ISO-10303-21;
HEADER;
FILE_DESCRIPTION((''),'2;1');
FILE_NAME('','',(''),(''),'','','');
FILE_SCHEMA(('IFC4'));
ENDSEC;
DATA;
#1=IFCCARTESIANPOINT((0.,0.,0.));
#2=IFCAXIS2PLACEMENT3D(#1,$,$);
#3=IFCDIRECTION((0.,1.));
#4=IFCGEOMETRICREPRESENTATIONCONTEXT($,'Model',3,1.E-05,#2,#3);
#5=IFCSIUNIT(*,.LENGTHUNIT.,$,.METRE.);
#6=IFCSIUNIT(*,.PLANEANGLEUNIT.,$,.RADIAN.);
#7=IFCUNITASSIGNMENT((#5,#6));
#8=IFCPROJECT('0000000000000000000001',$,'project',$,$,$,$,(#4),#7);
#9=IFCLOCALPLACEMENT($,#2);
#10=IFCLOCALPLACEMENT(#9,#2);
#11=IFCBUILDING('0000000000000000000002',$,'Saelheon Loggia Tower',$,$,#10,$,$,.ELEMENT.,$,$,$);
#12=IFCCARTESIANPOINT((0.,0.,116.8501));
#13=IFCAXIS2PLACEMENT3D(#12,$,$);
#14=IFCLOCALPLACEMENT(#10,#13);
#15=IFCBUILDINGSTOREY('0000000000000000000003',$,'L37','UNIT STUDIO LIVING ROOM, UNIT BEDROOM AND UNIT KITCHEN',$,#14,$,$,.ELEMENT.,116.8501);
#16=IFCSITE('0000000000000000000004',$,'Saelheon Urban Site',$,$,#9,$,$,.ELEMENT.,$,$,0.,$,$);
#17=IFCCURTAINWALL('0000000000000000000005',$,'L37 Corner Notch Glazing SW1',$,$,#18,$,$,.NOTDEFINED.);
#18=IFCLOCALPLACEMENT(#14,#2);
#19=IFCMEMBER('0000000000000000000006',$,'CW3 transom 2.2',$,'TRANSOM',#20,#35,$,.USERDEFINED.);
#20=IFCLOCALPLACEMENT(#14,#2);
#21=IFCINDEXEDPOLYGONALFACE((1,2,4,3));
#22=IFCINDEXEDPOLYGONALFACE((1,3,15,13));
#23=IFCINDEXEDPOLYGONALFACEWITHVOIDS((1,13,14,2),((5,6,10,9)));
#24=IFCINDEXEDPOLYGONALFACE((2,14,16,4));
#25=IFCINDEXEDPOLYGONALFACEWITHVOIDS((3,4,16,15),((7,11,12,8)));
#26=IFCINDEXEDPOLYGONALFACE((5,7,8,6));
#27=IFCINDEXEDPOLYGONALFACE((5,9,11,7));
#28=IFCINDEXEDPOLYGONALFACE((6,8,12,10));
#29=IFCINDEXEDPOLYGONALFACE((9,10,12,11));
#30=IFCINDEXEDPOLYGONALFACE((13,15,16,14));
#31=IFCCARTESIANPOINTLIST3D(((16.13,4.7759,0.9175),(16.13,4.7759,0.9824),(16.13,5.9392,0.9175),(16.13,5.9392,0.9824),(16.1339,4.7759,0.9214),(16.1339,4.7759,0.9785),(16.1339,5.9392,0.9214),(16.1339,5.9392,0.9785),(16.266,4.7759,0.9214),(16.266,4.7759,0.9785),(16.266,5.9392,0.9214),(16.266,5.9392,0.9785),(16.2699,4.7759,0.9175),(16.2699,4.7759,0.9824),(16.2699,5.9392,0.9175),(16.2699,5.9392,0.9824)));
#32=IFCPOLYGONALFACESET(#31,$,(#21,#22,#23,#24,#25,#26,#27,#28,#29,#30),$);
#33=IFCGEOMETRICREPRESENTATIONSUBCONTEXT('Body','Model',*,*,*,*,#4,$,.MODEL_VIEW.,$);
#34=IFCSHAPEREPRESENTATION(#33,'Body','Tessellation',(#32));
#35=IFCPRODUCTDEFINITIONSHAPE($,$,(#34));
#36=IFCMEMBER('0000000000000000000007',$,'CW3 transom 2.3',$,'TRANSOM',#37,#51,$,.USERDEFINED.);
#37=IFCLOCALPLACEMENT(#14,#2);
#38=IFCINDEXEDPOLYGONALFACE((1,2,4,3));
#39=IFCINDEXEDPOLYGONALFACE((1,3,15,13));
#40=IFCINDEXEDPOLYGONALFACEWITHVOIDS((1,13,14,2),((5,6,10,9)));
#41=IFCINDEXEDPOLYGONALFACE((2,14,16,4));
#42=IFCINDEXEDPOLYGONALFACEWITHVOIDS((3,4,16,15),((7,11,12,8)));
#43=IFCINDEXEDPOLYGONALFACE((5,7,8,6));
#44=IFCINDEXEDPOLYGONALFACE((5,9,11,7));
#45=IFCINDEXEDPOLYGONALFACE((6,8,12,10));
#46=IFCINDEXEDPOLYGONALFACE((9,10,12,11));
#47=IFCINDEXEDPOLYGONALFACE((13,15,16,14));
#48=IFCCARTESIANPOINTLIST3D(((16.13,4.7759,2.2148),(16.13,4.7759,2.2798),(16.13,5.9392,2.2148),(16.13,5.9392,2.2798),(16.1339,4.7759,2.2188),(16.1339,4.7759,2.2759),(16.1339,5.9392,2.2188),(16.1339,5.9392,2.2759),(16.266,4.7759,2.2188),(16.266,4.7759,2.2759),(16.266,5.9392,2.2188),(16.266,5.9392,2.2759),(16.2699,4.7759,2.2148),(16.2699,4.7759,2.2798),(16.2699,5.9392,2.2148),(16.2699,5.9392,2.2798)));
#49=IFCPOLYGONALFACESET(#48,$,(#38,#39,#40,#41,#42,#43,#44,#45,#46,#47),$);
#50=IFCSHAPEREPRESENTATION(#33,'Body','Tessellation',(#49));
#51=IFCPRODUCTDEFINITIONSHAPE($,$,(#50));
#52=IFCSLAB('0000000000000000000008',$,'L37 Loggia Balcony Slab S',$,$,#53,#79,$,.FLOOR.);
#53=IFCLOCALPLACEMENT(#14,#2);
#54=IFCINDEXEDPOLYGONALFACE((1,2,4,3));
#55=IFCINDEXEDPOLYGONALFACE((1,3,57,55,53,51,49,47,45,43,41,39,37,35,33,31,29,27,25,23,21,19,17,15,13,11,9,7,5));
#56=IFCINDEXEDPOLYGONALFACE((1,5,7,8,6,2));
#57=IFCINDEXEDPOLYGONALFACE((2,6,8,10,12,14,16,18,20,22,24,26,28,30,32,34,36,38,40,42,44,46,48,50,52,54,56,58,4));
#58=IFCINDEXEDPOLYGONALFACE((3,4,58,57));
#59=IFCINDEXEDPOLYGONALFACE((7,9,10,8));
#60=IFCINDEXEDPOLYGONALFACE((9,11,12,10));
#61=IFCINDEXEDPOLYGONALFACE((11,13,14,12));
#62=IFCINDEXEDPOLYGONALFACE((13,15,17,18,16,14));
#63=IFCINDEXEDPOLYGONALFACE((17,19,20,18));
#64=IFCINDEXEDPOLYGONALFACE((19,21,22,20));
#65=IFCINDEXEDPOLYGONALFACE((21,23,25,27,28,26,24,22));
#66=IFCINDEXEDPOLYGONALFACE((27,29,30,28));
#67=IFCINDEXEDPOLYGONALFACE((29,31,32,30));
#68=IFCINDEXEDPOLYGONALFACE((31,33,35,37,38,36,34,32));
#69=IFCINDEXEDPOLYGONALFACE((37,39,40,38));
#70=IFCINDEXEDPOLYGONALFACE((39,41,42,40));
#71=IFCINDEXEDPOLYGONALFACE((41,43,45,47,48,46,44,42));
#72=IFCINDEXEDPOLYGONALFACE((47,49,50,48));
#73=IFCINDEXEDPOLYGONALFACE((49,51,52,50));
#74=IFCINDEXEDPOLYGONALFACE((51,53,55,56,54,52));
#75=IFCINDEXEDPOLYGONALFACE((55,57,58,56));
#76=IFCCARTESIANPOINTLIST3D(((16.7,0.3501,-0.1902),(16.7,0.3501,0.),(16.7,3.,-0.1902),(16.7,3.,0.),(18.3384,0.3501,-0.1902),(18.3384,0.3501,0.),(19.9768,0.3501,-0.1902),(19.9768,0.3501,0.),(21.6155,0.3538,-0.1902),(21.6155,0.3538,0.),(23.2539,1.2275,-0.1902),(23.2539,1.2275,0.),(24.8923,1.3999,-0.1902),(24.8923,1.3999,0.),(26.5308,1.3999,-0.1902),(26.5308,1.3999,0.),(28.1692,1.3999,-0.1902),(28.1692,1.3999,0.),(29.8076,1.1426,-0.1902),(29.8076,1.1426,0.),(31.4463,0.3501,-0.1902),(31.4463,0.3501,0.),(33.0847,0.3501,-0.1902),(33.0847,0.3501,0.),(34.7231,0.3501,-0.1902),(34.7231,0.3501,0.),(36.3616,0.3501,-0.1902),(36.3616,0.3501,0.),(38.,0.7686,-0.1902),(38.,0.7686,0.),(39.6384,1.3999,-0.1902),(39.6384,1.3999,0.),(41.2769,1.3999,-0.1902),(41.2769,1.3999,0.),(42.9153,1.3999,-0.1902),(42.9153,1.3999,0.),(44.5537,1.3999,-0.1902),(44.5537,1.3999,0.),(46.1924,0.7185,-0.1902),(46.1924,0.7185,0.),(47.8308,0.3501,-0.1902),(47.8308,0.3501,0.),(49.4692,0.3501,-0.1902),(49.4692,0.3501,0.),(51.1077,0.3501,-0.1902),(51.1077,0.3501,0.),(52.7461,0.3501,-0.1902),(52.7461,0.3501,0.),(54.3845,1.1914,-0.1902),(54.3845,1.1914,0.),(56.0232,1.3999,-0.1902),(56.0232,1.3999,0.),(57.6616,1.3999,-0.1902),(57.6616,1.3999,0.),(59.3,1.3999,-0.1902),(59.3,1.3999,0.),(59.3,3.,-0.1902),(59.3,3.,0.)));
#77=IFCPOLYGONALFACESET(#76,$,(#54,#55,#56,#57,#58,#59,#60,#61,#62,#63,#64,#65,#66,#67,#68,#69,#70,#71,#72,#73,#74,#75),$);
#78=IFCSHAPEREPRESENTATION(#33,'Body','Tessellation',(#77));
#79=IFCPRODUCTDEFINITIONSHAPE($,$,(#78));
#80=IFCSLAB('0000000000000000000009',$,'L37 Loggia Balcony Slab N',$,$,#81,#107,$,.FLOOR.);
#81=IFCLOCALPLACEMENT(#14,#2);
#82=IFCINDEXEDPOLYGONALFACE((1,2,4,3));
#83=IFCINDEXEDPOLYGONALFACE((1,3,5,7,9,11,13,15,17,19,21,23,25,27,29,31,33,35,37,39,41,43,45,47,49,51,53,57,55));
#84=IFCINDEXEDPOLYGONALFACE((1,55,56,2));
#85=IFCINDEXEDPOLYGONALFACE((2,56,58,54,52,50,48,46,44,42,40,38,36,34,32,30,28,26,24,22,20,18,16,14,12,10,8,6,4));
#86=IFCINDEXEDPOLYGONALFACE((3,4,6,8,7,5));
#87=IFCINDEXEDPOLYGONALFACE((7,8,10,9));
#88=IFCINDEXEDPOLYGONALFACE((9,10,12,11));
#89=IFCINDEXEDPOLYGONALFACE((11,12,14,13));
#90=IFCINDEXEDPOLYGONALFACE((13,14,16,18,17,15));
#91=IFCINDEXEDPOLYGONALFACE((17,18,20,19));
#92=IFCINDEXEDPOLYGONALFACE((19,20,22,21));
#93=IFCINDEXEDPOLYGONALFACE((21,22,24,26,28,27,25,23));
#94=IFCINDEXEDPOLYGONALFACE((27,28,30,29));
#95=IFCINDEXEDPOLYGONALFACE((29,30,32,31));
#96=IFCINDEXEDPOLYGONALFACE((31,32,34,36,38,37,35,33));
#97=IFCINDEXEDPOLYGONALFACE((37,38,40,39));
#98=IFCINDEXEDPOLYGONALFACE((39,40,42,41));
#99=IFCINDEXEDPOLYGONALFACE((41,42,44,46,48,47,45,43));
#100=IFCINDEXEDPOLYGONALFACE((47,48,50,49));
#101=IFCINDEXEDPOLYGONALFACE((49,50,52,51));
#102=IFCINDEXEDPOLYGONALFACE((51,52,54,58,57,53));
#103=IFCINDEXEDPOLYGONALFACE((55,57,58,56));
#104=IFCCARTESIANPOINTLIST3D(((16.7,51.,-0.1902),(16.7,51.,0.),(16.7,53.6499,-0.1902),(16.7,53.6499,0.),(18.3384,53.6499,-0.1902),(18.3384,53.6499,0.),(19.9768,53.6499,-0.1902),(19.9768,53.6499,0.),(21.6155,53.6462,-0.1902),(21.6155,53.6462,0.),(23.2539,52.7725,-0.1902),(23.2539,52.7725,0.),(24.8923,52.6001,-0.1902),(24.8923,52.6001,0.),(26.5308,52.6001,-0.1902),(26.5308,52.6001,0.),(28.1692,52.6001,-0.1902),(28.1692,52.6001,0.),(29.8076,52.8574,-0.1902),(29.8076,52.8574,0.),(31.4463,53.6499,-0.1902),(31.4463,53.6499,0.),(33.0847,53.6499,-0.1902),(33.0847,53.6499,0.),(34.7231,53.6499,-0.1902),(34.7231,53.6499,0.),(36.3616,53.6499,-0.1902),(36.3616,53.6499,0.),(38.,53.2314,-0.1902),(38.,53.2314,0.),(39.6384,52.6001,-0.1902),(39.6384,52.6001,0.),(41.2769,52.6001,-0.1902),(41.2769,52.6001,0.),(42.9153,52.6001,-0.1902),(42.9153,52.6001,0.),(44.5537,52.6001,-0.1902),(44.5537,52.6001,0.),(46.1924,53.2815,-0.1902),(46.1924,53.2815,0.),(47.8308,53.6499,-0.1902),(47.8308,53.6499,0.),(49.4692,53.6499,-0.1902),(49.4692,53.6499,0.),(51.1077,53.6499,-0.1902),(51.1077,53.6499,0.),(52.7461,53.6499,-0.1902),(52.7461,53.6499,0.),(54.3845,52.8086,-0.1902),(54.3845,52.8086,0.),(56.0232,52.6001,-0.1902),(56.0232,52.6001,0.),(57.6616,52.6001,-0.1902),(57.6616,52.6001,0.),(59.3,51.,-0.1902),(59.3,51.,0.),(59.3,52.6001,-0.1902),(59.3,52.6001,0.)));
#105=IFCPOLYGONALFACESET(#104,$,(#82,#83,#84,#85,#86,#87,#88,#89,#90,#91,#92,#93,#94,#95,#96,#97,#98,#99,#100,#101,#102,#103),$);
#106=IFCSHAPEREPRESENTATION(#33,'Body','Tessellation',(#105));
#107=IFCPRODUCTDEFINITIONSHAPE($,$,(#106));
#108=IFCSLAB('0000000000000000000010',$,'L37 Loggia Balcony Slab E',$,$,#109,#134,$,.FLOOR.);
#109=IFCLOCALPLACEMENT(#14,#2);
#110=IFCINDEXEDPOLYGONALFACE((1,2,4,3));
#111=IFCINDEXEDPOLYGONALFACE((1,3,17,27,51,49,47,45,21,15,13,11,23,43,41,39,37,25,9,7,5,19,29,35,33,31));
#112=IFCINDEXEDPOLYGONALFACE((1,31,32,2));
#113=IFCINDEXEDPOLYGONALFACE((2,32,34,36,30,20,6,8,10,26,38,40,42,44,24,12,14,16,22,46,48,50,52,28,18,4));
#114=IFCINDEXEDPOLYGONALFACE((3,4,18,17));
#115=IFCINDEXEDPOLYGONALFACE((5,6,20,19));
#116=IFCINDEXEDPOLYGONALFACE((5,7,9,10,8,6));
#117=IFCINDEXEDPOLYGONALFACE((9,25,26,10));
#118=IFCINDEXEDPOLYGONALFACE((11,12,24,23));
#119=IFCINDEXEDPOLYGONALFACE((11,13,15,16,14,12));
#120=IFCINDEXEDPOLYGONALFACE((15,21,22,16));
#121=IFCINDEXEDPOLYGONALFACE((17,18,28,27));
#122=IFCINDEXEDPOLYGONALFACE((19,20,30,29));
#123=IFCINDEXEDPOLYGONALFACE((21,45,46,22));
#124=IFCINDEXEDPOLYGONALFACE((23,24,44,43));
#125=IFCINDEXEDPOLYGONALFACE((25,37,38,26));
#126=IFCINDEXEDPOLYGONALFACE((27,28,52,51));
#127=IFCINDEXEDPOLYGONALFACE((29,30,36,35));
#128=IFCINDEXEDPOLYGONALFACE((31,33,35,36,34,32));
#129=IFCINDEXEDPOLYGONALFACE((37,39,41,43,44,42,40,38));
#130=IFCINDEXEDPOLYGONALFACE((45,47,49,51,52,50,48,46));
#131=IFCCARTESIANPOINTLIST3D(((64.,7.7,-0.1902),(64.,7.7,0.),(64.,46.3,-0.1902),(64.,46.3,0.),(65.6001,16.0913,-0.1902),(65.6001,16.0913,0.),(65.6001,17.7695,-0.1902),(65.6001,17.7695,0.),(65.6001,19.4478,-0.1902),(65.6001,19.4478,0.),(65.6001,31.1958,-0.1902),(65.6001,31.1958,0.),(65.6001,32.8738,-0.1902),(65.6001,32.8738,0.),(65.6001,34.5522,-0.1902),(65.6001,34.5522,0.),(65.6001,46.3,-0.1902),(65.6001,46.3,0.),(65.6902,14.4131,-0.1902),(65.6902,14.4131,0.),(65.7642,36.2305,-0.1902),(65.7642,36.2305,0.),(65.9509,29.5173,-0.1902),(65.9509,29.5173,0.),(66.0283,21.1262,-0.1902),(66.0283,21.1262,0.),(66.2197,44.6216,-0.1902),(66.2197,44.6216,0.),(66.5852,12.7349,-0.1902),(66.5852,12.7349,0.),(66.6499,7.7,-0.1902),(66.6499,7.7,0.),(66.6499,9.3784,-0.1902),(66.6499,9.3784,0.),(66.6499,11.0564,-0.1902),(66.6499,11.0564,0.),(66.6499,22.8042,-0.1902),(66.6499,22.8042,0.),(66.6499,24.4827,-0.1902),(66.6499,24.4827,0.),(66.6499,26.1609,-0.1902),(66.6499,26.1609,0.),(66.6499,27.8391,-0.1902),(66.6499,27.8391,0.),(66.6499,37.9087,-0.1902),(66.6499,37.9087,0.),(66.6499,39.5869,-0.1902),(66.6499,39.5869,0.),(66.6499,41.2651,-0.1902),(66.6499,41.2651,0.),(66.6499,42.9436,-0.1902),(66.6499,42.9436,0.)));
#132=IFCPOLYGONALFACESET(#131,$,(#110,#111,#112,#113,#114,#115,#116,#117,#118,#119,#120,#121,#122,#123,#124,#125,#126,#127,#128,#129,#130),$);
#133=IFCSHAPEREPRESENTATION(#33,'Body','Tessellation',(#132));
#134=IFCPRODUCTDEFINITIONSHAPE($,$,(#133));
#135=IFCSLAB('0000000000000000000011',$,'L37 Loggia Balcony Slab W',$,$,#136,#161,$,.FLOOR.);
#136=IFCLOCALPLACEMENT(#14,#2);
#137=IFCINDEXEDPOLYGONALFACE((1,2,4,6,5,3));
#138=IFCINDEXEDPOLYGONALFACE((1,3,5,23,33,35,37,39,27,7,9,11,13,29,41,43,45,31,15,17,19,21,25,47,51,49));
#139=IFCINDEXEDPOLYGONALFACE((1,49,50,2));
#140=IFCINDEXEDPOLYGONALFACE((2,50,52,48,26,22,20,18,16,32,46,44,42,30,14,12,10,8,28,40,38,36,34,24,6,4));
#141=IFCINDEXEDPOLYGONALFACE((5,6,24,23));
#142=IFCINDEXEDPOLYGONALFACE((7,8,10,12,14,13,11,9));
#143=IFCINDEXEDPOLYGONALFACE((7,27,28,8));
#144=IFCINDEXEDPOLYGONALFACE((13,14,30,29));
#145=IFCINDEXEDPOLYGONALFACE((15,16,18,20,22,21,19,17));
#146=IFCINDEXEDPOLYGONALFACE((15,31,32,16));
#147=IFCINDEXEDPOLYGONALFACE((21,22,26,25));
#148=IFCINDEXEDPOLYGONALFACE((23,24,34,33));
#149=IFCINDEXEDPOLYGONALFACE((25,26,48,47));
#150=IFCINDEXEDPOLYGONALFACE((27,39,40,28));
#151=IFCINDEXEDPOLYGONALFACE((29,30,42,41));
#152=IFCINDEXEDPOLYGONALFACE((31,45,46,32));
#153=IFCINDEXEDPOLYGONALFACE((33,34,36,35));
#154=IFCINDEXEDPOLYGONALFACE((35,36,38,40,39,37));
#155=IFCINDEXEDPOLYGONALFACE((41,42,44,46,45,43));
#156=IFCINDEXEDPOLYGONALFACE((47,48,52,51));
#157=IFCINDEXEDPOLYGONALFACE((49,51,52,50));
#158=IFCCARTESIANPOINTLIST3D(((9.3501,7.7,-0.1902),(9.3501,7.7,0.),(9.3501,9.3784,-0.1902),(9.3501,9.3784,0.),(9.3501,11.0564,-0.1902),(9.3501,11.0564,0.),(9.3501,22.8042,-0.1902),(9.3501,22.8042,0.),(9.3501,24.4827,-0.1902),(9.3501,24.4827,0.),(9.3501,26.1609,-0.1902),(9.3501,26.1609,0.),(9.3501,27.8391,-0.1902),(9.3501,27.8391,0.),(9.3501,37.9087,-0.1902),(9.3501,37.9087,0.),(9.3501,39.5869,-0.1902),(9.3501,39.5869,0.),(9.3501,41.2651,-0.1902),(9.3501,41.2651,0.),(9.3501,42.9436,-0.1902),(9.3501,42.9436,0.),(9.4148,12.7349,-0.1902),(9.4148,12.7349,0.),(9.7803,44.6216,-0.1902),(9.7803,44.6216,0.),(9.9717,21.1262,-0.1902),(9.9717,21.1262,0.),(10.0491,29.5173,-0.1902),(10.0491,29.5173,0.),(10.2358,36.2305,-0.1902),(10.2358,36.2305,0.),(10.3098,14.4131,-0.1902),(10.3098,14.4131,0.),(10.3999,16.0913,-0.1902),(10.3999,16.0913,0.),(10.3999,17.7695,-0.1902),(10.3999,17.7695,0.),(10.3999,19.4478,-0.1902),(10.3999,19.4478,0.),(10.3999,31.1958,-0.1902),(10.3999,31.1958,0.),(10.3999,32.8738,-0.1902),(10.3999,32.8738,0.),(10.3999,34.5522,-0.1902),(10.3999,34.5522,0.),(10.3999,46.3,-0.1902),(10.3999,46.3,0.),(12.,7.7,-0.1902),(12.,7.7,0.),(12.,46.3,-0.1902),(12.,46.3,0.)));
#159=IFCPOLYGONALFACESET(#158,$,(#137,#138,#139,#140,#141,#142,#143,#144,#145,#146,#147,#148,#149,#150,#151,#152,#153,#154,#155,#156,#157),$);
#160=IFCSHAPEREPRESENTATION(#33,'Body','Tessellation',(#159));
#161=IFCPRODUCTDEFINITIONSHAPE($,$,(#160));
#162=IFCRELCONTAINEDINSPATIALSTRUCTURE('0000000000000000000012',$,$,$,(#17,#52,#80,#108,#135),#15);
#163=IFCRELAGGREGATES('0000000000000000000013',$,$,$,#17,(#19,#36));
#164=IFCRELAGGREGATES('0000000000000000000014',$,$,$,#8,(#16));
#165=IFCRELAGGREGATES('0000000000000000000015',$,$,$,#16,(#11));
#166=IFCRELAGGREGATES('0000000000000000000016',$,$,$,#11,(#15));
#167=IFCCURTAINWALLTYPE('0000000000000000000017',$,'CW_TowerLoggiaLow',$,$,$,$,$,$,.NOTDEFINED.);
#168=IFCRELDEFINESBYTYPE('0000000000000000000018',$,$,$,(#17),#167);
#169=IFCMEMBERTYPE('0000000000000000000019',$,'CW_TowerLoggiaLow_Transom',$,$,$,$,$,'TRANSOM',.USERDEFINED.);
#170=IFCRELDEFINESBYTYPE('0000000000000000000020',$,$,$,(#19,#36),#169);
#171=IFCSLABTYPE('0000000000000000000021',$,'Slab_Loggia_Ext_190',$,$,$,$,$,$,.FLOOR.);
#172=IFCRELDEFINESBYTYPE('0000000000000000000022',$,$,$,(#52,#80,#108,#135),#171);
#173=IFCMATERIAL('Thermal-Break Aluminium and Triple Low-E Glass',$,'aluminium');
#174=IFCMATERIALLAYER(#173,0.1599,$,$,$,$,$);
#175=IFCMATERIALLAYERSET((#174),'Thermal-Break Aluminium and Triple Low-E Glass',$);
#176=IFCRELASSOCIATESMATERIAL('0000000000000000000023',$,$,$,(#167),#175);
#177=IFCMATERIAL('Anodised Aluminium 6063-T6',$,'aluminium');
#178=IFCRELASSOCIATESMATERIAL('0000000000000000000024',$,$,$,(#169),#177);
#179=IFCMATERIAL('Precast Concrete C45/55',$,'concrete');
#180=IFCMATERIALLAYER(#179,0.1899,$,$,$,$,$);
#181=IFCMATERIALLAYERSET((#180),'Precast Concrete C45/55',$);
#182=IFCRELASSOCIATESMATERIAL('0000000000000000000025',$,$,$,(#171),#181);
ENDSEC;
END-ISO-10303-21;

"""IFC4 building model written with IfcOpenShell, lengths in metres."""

from ifc_helpers import new_model, si_unit, direction, frame, origin, origin_2d, place, context, subcontext, project, spatial, polyline, hollow_rectangle, outline, extrude, source, transform, mapped, material, layer, layer_set, material_profile, profile_set, type_object, element, aggregate, save


model = new_model("IFC4")

# Units and contexts
model_context = context("Model", 3, precision=1e-05, world=origin(), true_north=direction((0.0, 1.0)))
body_context = subcontext(model_context, "Body", "Model", "MODEL_VIEW")
ifc_project = project(units=[si_unit("LENGTHUNIT", "METRE"), si_unit("PLANEANGLEUNIT", "RADIAN")], contexts=[model_context])

# Site, building, storey
site_placement = place(None, origin())
site = spatial("IfcSite", under=ifc_project, at=site_placement, Name="Saelheon Urban Site", CompositionType="ELEMENT", RefElevation=0.0)
building_placement = place(site_placement, origin())
building = spatial("IfcBuilding", under=site, at=building_placement, Name="Saelheon Loggia Tower", CompositionType="ELEMENT")
storey_placement = place(building_placement, frame((0.0, 0.0, 116.8501)))
storey = spatial("IfcBuildingStorey", under=building, at=storey_placement, Name="L37", Description="UNIT STUDIO LIVING ROOM, UNIT BEDROOM AND UNIT KITCHEN", CompositionType="ELEMENT", Elevation=116.8501)

# Curtain wall, members
ifc_material_1 = material(Name="Thermal-Break Aluminium and Triple Low-E Glass", Category="aluminium")
ifc_layer_1 = layer(ifc_material_1, 0.1599)
ifc_layer_set_1 = layer_set([ifc_layer_1], Name="Thermal-Break Aluminium and Triple Low-E Glass")
curtain_wall_type = type_object("IfcCurtainWallType", Name="CW_TowerLoggiaLow", PredefinedType="NOTDEFINED", material=ifc_layer_set_1)
curtain_wall_placement = place(storey_placement, origin())
curtain_wall = element("IfcCurtainWall", 1, at=curtain_wall_placement, inside=storey, type_object=curtain_wall_type, Name="L37 Corner Notch Glazing SW1", PredefinedType="NOTDEFINED")
ifc_material_2 = material(Name="Anodised Aluminium 6063-T6", Category="aluminium")
ifc_material_profile_1 = material_profile(ifc_material_2, hollow_rectangle(XDim=0.0649, YDim=0.1399, WallThickness=0.0039, at=origin_2d()), Name="RHS-140x65x4")
ifc_profile_set_1 = profile_set([ifc_material_profile_1], Name="Anodised Aluminium 6063-T6")
member_type_1 = type_object("IfcMemberType", Name="CW_TowerLoggiaLow_Transom", ElementType="TRANSOM", PredefinedType="USERDEFINED", material=ifc_profile_set_1)
shared_shape_1 = source(origin(), body_context, "Body", "SweptSolid", [
    extrude(hollow_rectangle(XDim=0.0649, YDim=0.1399, WallThickness=0.0039, at=origin_2d()), origin(), (0.0, 0.0, 1.0), 1.1633),
])
member_1_placement = place(storey_placement, frame((16.2, 4.7759, 0.95), z_axis=(0.0, 1.0, 0.0), x_axis=(0.0, 0.0, 1.0)))
member_1 = element("IfcMember", 2, at=member_1_placement, type_object=member_type_1, Name="CW3 transom 2.2", ObjectType="TRANSOM", PredefinedType="USERDEFINED", context=body_context, shape_type="MappedRepresentation", body=[
    mapped(shared_shape_1, transform((0.0, 0.0, 0.0), scale=1.0)),
])
member_2_placement = place(storey_placement, frame((16.2, 4.7759, 2.2473), z_axis=(0.0, 1.0, 0.0), x_axis=(0.0, 0.0, 1.0)))
member_2 = element("IfcMember", 3, at=member_2_placement, type_object=member_type_1, Name="CW3 transom 2.3", ObjectType="TRANSOM", PredefinedType="USERDEFINED", context=body_context, shape_type="MappedRepresentation", body=[
    mapped(shared_shape_1, transform((0.0, 0.0, 0.0), scale=1.0)),
])

# Slabs
ifc_material_3 = material(Name="Precast Concrete C45/55", Category="concrete")
ifc_layer_2 = layer(ifc_material_3, 0.1899)
ifc_layer_set_2 = layer_set([ifc_layer_2], Name="Precast Concrete C45/55")
slab_type_1 = type_object("IfcSlabType", Name="Slab_Loggia_Ext_190", PredefinedType="FLOOR", material=ifc_layer_set_2)
slab_1_placement = place(storey_placement, frame((0.0, 0.0, -0.1902)))
element("IfcSlab", 4, at=slab_1_placement, inside=storey, type_object=slab_type_1, Name="L37 Loggia Balcony Slab S", PredefinedType="FLOOR", context=body_context, shape_type="SweptSolid", body=[
    extrude(outline(polyline([(16.7, 0.3501), (18.3384, 0.3501), (19.9768, 0.3501), (21.6155, 0.3538), (23.2539, 1.2275), (24.8923, 1.3999), (26.5308, 1.3999), (28.1692, 1.3999), (29.8076, 1.1426), (31.4463, 0.3501), (33.0847, 0.3501), (34.7231, 0.3501), (36.3616, 0.3501), (38.0, 0.7686), (39.6384, 1.3999), (41.2769, 1.3999), (42.9153, 1.3999), (44.5537, 1.3999), (46.1924, 0.7185), (47.8308, 0.3501), (49.4692, 0.3501), (51.1077, 0.3501), (52.7461, 0.3501), (54.3845, 1.1914), (56.0232, 1.3999), (57.6616, 1.3999), (59.3, 1.3999), (59.3, 3.0), (16.7, 3.0), (16.7, 0.3501)])), origin(), (0.0, 0.0, 1.0), 0.1902),
])
slab_2_placement = place(storey_placement, frame((0.0, 0.0, -0.1902)))
element("IfcSlab", 5, at=slab_2_placement, inside=storey, type_object=slab_type_1, Name="L37 Loggia Balcony Slab N", PredefinedType="FLOOR", context=body_context, shape_type="SweptSolid", body=[
    extrude(outline(polyline([(16.7, 51.0), (59.3, 51.0), (59.3, 52.6001), (57.6616, 52.6001), (56.0232, 52.6001), (54.3845, 52.8086), (52.7461, 53.6499), (51.1077, 53.6499), (49.4692, 53.6499), (47.8308, 53.6499), (46.1924, 53.2815), (44.5537, 52.6001), (42.9153, 52.6001), (41.2769, 52.6001), (39.6384, 52.6001), (38.0, 53.2314), (36.3616, 53.6499), (34.7231, 53.6499), (33.0847, 53.6499), (31.4463, 53.6499), (29.8076, 52.8574), (28.1692, 52.6001), (26.5308, 52.6001), (24.8923, 52.6001), (23.2539, 52.7725), (21.6155, 53.6462), (19.9768, 53.6499), (18.3384, 53.6499), (16.7, 53.6499), (16.7, 51.0)])), origin(), (0.0, 0.0, 1.0), 0.1902),
])
slab_3_placement = place(storey_placement, frame((0.0, 0.0, -0.1902)))
element("IfcSlab", 6, at=slab_3_placement, inside=storey, type_object=slab_type_1, Name="L37 Loggia Balcony Slab E", PredefinedType="FLOOR", context=body_context, shape_type="SweptSolid", body=[
    extrude(outline(polyline([(64.0, 7.7), (66.6499, 7.7), (66.6499, 9.3784), (66.6499, 11.0564), (66.5852, 12.7349), (65.6902, 14.4131), (65.6001, 16.0913), (65.6001, 17.7695), (65.6001, 19.4478), (66.0283, 21.1262), (66.6499, 22.8042), (66.6499, 24.4827), (66.6499, 26.1609), (66.6499, 27.8391), (65.9509, 29.5173), (65.6001, 31.1958), (65.6001, 32.8738), (65.6001, 34.5522), (65.7642, 36.2305), (66.6499, 37.9087), (66.6499, 39.5869), (66.6499, 41.2651), (66.6499, 42.9436), (66.2197, 44.6216), (65.6001, 46.3), (64.0, 46.3), (64.0, 7.7)])), origin(), (0.0, 0.0, 1.0), 0.1902),
])
slab_4_placement = place(storey_placement, frame((0.0, 0.0, -0.1902)))
element("IfcSlab", 7, at=slab_4_placement, inside=storey, type_object=slab_type_1, Name="L37 Loggia Balcony Slab W", PredefinedType="FLOOR", context=body_context, shape_type="SweptSolid", body=[
    extrude(outline(polyline([(12.0, 7.7), (12.0, 46.3), (10.3999, 46.3), (9.7803, 44.6216), (9.3501, 42.9436), (9.3501, 41.2651), (9.3501, 39.5869), (9.3501, 37.9087), (10.2358, 36.2305), (10.3999, 34.5522), (10.3999, 32.8738), (10.3999, 31.1958), (10.0491, 29.5173), (9.3501, 27.8391), (9.3501, 26.1609), (9.3501, 24.4827), (9.3501, 22.8042), (9.9717, 21.1262), (10.3999, 19.4478), (10.3999, 17.7695), (10.3999, 16.0913), (10.3098, 14.4131), (9.4148, 12.7349), (9.3501, 11.0564), (9.3501, 9.3784), (9.3501, 7.7), (12.0, 7.7)])), origin(), (0.0, 0.0, 1.0), 0.1902),
])

aggregate(curtain_wall, [member_1, member_2])

save(model, "model.ifc")
